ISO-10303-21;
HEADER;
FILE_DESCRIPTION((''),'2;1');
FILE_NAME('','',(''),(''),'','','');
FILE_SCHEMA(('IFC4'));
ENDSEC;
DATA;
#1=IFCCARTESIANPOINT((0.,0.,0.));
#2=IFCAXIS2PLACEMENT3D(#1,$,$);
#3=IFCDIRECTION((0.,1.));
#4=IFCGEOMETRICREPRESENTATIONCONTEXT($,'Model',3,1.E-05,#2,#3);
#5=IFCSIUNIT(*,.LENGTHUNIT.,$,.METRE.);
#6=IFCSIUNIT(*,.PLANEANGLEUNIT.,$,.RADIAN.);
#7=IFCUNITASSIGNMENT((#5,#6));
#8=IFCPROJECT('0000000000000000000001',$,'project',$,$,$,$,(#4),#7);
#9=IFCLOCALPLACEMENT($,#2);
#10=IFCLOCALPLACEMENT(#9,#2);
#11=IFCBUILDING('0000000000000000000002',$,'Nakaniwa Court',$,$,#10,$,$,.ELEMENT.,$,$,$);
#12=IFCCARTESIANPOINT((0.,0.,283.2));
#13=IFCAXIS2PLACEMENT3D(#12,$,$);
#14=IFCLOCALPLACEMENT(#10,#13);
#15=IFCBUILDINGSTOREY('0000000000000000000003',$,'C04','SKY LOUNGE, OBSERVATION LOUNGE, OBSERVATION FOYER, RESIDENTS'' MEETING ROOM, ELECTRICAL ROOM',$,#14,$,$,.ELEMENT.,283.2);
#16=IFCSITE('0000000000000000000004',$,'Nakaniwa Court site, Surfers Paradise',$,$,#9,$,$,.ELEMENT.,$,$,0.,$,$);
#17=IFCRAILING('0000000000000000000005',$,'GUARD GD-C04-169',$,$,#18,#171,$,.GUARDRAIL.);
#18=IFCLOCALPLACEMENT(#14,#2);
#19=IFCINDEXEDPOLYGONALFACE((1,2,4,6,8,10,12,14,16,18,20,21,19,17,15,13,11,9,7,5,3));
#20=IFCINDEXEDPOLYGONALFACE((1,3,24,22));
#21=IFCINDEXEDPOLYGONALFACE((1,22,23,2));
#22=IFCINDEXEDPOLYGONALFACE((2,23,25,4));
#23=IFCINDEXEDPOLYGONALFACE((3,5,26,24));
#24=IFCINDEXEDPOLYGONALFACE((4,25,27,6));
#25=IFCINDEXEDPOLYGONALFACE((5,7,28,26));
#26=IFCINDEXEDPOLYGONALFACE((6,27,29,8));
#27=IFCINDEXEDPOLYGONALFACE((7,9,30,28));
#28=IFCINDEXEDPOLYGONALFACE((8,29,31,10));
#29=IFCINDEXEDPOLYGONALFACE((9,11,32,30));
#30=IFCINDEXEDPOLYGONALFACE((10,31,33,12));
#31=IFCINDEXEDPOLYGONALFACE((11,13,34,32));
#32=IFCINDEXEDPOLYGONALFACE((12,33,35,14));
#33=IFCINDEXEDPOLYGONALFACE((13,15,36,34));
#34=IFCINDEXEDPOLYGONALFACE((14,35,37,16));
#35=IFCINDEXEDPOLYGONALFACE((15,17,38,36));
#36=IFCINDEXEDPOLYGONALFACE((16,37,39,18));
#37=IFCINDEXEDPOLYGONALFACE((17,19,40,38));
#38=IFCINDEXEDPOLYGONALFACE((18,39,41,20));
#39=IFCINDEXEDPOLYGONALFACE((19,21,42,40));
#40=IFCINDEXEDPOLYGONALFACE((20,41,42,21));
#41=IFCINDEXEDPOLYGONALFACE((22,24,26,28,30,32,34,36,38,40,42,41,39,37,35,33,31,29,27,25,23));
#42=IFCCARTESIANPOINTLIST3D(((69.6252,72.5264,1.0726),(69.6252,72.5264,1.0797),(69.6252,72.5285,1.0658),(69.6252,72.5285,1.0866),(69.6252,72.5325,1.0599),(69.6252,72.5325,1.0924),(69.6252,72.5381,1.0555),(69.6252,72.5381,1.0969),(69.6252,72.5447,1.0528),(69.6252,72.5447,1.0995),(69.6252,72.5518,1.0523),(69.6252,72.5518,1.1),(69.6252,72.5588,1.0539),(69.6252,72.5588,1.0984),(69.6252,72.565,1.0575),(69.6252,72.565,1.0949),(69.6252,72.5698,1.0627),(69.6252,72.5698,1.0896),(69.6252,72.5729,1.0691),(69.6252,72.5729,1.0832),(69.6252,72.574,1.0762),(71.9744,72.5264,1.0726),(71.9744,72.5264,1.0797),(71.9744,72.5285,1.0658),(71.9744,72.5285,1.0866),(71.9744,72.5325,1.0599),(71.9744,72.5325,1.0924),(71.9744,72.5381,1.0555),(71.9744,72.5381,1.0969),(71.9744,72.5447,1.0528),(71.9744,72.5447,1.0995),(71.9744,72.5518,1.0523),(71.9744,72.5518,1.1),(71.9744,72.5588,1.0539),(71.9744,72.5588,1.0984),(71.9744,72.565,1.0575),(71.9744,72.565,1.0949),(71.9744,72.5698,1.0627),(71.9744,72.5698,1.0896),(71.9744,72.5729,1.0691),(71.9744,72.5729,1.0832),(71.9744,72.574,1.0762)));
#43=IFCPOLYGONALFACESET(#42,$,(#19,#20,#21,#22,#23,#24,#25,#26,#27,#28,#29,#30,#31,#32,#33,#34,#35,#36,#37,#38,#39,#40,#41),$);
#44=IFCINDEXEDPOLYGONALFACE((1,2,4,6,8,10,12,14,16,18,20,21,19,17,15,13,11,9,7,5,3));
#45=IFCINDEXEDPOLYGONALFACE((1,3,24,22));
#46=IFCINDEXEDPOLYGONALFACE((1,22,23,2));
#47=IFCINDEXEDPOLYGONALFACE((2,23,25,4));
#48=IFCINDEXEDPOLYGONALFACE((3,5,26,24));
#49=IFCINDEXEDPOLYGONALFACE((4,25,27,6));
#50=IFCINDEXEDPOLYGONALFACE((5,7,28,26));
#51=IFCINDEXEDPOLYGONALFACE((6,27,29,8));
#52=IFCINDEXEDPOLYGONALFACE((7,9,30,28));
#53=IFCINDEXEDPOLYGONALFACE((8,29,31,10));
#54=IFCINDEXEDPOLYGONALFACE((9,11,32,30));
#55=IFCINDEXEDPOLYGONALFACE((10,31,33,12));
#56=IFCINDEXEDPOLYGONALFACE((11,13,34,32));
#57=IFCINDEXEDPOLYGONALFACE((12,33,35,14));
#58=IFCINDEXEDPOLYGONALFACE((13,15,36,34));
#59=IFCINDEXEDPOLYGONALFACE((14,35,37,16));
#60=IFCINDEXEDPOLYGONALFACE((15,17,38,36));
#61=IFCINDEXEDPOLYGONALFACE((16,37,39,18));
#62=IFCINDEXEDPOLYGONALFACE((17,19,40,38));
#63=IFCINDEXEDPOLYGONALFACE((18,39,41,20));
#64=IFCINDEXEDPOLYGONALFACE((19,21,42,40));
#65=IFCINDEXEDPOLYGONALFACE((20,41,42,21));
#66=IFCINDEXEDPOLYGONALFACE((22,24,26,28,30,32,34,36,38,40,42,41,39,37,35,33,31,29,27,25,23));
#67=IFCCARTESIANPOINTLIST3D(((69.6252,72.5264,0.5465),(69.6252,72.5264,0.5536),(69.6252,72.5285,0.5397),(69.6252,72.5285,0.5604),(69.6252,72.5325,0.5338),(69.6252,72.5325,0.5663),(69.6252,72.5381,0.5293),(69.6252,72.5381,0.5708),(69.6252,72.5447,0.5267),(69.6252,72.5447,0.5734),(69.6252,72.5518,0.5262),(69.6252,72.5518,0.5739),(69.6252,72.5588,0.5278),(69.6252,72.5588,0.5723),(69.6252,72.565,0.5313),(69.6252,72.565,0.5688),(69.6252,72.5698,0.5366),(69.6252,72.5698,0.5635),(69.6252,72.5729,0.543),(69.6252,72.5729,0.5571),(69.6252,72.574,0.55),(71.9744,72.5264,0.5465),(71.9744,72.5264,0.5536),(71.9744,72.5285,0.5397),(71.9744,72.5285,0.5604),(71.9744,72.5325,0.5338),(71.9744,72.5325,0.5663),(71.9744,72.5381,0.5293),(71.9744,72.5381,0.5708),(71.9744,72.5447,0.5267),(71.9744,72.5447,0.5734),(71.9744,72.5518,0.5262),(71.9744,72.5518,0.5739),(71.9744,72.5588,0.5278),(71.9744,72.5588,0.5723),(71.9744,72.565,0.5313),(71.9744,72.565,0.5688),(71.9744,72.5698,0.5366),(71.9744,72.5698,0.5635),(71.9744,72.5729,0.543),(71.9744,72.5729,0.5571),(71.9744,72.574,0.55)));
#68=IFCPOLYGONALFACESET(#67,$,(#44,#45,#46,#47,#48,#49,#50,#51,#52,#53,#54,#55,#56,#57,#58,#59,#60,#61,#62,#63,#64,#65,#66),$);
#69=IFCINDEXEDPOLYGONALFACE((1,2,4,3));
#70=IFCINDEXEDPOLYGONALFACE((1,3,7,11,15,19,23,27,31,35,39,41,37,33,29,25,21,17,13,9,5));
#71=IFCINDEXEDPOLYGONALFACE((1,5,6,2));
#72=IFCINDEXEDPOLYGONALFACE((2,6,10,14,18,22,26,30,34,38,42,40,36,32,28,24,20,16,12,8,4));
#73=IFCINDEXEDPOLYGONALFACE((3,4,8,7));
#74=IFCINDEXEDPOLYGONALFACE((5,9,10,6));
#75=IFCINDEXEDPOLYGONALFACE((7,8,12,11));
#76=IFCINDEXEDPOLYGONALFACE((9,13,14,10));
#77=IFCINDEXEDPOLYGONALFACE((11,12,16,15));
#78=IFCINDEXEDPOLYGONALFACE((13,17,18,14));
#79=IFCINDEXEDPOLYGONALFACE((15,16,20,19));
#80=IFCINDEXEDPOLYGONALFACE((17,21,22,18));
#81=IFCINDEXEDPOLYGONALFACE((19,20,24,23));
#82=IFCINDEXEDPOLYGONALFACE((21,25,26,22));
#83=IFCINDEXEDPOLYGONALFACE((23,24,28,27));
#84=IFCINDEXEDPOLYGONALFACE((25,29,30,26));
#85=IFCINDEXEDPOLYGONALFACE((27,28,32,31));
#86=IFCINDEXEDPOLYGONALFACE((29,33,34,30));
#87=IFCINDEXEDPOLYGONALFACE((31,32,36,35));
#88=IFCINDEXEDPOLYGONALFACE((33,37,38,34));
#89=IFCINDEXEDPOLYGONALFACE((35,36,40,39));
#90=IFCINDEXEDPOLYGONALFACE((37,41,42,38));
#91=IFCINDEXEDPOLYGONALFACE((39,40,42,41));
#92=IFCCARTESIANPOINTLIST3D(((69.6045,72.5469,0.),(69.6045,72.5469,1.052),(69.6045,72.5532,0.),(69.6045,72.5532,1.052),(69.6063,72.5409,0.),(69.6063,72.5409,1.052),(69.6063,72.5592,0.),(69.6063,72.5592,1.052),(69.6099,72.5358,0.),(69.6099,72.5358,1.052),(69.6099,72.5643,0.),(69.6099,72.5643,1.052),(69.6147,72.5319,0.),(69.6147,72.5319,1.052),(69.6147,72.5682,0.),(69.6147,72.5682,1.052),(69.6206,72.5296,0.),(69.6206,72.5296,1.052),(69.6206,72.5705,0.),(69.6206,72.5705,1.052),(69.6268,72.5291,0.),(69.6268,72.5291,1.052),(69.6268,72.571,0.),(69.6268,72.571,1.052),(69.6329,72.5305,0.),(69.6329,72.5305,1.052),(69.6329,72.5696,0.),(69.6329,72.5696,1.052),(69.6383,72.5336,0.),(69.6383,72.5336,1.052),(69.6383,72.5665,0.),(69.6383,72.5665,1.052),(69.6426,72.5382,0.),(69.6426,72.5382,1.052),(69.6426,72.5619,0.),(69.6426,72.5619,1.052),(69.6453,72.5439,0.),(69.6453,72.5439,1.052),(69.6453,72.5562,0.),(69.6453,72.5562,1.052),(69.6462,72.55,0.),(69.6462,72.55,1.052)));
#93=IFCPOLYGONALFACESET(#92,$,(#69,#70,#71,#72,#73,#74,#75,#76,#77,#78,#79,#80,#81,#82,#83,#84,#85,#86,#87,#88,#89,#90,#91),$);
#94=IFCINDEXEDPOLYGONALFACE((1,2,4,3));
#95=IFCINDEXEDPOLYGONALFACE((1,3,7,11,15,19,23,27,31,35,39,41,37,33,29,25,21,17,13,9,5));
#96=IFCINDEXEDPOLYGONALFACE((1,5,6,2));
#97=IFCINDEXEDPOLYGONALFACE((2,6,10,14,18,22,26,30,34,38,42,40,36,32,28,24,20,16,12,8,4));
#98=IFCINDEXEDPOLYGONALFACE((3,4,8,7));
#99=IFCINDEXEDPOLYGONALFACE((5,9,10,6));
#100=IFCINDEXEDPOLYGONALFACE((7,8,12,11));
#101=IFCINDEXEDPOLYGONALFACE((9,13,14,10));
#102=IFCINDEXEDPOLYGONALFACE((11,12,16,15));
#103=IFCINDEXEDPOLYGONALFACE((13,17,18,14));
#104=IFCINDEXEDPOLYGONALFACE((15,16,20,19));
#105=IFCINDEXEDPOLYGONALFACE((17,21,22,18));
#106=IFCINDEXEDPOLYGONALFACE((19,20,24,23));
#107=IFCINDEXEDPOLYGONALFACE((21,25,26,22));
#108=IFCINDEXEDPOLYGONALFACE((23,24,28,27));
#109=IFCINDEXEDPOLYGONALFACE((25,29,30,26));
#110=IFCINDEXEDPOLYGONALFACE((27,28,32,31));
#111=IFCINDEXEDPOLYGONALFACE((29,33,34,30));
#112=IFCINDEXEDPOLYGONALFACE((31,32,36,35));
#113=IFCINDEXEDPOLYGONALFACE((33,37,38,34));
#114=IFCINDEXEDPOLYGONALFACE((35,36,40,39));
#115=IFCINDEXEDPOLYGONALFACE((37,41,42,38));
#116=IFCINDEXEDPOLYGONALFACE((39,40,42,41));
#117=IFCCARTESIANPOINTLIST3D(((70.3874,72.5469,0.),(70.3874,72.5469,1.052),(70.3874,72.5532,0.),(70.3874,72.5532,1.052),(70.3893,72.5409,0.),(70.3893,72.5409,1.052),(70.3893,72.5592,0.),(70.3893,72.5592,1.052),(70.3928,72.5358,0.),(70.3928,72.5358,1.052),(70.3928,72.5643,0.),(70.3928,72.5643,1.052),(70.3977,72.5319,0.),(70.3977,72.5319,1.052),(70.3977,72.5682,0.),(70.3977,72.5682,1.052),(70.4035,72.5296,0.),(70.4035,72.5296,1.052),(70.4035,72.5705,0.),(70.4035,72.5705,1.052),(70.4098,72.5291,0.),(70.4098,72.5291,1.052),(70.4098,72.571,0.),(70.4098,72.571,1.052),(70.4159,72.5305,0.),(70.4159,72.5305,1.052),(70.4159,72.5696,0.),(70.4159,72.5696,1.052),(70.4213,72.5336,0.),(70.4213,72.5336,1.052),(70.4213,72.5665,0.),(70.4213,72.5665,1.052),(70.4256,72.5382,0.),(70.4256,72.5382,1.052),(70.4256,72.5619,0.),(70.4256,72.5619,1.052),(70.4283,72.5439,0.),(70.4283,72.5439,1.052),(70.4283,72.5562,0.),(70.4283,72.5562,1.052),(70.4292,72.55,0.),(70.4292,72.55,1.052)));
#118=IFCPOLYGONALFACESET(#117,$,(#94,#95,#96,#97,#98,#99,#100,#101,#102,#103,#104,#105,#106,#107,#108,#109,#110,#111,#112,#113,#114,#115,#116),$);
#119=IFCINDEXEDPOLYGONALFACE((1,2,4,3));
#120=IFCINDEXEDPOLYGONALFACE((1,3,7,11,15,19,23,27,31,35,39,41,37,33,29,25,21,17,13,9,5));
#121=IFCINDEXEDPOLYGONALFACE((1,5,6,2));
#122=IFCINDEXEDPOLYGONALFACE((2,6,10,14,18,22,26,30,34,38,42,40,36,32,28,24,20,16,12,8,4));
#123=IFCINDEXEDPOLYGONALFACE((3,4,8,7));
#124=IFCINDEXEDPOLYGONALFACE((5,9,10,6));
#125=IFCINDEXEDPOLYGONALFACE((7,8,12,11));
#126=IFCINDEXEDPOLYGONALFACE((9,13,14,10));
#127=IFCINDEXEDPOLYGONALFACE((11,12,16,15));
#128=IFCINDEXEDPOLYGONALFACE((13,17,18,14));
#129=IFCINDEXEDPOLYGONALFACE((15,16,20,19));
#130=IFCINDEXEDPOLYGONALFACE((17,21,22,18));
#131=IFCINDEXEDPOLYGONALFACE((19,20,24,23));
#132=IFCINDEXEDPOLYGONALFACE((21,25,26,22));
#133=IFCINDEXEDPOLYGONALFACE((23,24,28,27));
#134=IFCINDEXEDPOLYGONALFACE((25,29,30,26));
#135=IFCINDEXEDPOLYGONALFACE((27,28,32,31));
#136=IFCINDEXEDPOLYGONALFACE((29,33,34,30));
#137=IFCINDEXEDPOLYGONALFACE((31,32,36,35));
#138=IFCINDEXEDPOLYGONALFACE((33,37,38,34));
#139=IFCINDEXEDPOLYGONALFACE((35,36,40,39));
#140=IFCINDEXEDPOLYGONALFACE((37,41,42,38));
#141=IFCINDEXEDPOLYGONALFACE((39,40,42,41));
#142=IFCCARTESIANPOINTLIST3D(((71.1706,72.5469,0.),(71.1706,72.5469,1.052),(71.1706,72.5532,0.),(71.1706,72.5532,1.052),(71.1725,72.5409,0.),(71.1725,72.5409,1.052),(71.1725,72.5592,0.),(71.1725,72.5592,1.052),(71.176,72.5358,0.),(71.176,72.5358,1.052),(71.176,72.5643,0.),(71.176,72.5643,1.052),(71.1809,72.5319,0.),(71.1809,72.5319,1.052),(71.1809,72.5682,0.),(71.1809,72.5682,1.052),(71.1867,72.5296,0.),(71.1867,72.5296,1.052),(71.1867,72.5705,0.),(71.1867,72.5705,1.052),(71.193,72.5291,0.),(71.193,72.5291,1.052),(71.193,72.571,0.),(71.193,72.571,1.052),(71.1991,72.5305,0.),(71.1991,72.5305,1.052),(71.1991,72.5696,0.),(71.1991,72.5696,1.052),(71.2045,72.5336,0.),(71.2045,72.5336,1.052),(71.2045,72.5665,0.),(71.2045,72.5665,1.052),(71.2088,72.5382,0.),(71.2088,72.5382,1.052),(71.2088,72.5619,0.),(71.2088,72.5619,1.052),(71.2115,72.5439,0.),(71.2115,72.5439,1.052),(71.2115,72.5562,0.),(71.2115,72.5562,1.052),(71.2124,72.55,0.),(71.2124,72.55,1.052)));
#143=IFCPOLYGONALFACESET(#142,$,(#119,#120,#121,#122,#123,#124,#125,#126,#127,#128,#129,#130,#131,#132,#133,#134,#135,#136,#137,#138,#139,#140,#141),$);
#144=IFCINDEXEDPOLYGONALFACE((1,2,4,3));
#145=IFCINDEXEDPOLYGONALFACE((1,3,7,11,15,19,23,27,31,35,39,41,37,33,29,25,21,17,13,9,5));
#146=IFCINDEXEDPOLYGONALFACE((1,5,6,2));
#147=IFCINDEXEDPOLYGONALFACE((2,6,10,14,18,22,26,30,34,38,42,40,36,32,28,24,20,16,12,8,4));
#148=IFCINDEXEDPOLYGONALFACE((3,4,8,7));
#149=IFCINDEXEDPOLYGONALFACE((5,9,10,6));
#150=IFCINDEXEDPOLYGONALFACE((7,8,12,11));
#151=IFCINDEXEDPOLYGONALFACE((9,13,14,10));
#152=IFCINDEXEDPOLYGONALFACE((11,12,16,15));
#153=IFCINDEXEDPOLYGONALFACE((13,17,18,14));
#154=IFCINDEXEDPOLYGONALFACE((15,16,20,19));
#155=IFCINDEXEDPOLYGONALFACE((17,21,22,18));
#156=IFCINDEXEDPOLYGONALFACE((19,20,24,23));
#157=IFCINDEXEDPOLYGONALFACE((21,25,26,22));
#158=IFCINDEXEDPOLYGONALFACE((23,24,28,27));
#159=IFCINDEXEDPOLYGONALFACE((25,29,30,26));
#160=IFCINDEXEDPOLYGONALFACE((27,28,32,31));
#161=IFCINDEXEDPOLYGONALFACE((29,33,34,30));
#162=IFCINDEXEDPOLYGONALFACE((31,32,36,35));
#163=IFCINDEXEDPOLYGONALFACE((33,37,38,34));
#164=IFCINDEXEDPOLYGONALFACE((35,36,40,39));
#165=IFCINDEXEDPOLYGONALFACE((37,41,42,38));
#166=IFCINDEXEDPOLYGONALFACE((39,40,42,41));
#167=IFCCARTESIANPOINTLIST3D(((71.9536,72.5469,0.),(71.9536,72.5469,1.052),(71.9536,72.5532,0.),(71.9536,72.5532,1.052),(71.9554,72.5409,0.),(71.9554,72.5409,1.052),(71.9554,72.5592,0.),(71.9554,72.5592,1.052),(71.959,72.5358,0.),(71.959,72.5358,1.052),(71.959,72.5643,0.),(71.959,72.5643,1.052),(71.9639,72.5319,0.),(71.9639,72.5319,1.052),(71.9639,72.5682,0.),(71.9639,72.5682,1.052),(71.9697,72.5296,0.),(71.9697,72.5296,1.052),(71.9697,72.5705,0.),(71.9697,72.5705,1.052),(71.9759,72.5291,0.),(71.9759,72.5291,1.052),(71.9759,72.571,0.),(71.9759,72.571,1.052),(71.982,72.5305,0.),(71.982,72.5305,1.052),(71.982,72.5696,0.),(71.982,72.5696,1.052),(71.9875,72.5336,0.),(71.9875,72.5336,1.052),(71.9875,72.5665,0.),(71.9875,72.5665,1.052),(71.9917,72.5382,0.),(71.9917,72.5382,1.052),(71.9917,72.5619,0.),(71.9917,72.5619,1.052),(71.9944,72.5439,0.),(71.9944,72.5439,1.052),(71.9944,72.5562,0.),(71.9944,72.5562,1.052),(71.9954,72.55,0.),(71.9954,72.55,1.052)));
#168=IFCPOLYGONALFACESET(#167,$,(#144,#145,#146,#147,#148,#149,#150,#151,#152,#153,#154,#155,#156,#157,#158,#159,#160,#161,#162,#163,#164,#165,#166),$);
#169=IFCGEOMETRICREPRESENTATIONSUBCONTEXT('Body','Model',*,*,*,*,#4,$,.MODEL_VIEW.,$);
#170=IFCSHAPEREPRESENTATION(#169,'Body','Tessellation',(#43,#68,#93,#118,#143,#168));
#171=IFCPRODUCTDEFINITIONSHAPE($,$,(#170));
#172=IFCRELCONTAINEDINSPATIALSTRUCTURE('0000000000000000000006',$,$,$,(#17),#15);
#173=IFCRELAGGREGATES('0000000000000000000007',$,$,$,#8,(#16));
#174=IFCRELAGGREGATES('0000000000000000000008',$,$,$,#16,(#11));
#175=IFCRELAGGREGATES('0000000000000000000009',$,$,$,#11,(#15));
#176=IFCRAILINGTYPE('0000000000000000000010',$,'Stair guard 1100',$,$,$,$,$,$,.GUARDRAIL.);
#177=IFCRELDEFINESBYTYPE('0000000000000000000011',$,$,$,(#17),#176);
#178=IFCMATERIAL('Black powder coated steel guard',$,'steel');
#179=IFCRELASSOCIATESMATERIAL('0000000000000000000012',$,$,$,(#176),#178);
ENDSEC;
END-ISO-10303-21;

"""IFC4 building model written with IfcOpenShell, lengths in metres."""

from ifc_helpers import new_model, si_unit, direction, frame, origin, origin_2d, place, context, subcontext, project, spatial, circle, extrude, material, type_object, element, save


model = new_model("IFC4")

# Units and contexts
model_context = context("Model", 3, precision=1e-05, world=origin(), true_north=direction((0.0, 1.0)))
body_context = subcontext(model_context, "Body", "Model", "MODEL_VIEW")
ifc_project = project(units=[si_unit("LENGTHUNIT", "METRE"), si_unit("PLANEANGLEUNIT", "RADIAN")], contexts=[model_context])

# Site, building, storey
site_placement = place(None, origin())
site = spatial("IfcSite", under=ifc_project, at=site_placement, Name="Nakaniwa Court site, Surfers Paradise", CompositionType="ELEMENT", RefElevation=0.0)
building_placement = place(site_placement, origin())
building = spatial("IfcBuilding", under=site, at=building_placement, Name="Nakaniwa Court", CompositionType="ELEMENT")
storey_placement = place(building_placement, frame((0.0, 0.0, 283.2)))
storey = spatial("IfcBuildingStorey", under=building, at=storey_placement, Name="C04", Description="SKY LOUNGE, OBSERVATION LOUNGE, OBSERVATION FOYER, RESIDENTS' MEETING ROOM, ELECTRICAL ROOM", CompositionType="ELEMENT", Elevation=283.2)

# Railing
ifc_material_1 = material(Name="Black powder coated steel guard", Category="steel")
railing_type_1 = type_object("IfcRailingType", Name="Stair guard 1100", PredefinedType="GUARDRAIL", material=ifc_material_1)
railing_1_placement = place(storey_placement, frame((69.6252, 72.55, 0.0)))
element("IfcRailing", 1, at=railing_1_placement, inside=storey, type_object=railing_type_1, Name="GUARD GD-C04-169", PredefinedType="GUARDRAIL", context=body_context, shape_type="SweptSolid", body=[
    extrude(circle(Radius=0.0239, at=origin_2d()), frame((0.0, 0.0, 1.0762), z_axis=(1.0, 0.0, 0.0), x_axis=(0.0, 1.0, 0.0)), (0.0, 0.0, 1.0), 2.3491),
    extrude(circle(Radius=0.0239, at=origin_2d()), frame((0.0, 0.0, 0.55), z_axis=(1.0, 0.0, 0.0), x_axis=(0.0, 1.0, 0.0)), (0.0, 0.0, 1.0), 2.3491),
    extrude(circle(Radius=0.021, at=origin_2d()), origin(), (0.0, 0.0, 1.0), 1.052),
    extrude(circle(Radius=0.021, at=origin_2d()), frame((0.783, 0.0, 0.0)), (0.0, 0.0, 1.0), 1.052),
    extrude(circle(Radius=0.021, at=origin_2d()), frame((1.5662, 0.0, 0.0)), (0.0, 0.0, 1.0), 1.052),
    extrude(circle(Radius=0.021, at=origin_2d()), frame((2.3491, 0.0, 0.0)), (0.0, 0.0, 1.0), 1.052),
])

save(model, "model.ifc")
